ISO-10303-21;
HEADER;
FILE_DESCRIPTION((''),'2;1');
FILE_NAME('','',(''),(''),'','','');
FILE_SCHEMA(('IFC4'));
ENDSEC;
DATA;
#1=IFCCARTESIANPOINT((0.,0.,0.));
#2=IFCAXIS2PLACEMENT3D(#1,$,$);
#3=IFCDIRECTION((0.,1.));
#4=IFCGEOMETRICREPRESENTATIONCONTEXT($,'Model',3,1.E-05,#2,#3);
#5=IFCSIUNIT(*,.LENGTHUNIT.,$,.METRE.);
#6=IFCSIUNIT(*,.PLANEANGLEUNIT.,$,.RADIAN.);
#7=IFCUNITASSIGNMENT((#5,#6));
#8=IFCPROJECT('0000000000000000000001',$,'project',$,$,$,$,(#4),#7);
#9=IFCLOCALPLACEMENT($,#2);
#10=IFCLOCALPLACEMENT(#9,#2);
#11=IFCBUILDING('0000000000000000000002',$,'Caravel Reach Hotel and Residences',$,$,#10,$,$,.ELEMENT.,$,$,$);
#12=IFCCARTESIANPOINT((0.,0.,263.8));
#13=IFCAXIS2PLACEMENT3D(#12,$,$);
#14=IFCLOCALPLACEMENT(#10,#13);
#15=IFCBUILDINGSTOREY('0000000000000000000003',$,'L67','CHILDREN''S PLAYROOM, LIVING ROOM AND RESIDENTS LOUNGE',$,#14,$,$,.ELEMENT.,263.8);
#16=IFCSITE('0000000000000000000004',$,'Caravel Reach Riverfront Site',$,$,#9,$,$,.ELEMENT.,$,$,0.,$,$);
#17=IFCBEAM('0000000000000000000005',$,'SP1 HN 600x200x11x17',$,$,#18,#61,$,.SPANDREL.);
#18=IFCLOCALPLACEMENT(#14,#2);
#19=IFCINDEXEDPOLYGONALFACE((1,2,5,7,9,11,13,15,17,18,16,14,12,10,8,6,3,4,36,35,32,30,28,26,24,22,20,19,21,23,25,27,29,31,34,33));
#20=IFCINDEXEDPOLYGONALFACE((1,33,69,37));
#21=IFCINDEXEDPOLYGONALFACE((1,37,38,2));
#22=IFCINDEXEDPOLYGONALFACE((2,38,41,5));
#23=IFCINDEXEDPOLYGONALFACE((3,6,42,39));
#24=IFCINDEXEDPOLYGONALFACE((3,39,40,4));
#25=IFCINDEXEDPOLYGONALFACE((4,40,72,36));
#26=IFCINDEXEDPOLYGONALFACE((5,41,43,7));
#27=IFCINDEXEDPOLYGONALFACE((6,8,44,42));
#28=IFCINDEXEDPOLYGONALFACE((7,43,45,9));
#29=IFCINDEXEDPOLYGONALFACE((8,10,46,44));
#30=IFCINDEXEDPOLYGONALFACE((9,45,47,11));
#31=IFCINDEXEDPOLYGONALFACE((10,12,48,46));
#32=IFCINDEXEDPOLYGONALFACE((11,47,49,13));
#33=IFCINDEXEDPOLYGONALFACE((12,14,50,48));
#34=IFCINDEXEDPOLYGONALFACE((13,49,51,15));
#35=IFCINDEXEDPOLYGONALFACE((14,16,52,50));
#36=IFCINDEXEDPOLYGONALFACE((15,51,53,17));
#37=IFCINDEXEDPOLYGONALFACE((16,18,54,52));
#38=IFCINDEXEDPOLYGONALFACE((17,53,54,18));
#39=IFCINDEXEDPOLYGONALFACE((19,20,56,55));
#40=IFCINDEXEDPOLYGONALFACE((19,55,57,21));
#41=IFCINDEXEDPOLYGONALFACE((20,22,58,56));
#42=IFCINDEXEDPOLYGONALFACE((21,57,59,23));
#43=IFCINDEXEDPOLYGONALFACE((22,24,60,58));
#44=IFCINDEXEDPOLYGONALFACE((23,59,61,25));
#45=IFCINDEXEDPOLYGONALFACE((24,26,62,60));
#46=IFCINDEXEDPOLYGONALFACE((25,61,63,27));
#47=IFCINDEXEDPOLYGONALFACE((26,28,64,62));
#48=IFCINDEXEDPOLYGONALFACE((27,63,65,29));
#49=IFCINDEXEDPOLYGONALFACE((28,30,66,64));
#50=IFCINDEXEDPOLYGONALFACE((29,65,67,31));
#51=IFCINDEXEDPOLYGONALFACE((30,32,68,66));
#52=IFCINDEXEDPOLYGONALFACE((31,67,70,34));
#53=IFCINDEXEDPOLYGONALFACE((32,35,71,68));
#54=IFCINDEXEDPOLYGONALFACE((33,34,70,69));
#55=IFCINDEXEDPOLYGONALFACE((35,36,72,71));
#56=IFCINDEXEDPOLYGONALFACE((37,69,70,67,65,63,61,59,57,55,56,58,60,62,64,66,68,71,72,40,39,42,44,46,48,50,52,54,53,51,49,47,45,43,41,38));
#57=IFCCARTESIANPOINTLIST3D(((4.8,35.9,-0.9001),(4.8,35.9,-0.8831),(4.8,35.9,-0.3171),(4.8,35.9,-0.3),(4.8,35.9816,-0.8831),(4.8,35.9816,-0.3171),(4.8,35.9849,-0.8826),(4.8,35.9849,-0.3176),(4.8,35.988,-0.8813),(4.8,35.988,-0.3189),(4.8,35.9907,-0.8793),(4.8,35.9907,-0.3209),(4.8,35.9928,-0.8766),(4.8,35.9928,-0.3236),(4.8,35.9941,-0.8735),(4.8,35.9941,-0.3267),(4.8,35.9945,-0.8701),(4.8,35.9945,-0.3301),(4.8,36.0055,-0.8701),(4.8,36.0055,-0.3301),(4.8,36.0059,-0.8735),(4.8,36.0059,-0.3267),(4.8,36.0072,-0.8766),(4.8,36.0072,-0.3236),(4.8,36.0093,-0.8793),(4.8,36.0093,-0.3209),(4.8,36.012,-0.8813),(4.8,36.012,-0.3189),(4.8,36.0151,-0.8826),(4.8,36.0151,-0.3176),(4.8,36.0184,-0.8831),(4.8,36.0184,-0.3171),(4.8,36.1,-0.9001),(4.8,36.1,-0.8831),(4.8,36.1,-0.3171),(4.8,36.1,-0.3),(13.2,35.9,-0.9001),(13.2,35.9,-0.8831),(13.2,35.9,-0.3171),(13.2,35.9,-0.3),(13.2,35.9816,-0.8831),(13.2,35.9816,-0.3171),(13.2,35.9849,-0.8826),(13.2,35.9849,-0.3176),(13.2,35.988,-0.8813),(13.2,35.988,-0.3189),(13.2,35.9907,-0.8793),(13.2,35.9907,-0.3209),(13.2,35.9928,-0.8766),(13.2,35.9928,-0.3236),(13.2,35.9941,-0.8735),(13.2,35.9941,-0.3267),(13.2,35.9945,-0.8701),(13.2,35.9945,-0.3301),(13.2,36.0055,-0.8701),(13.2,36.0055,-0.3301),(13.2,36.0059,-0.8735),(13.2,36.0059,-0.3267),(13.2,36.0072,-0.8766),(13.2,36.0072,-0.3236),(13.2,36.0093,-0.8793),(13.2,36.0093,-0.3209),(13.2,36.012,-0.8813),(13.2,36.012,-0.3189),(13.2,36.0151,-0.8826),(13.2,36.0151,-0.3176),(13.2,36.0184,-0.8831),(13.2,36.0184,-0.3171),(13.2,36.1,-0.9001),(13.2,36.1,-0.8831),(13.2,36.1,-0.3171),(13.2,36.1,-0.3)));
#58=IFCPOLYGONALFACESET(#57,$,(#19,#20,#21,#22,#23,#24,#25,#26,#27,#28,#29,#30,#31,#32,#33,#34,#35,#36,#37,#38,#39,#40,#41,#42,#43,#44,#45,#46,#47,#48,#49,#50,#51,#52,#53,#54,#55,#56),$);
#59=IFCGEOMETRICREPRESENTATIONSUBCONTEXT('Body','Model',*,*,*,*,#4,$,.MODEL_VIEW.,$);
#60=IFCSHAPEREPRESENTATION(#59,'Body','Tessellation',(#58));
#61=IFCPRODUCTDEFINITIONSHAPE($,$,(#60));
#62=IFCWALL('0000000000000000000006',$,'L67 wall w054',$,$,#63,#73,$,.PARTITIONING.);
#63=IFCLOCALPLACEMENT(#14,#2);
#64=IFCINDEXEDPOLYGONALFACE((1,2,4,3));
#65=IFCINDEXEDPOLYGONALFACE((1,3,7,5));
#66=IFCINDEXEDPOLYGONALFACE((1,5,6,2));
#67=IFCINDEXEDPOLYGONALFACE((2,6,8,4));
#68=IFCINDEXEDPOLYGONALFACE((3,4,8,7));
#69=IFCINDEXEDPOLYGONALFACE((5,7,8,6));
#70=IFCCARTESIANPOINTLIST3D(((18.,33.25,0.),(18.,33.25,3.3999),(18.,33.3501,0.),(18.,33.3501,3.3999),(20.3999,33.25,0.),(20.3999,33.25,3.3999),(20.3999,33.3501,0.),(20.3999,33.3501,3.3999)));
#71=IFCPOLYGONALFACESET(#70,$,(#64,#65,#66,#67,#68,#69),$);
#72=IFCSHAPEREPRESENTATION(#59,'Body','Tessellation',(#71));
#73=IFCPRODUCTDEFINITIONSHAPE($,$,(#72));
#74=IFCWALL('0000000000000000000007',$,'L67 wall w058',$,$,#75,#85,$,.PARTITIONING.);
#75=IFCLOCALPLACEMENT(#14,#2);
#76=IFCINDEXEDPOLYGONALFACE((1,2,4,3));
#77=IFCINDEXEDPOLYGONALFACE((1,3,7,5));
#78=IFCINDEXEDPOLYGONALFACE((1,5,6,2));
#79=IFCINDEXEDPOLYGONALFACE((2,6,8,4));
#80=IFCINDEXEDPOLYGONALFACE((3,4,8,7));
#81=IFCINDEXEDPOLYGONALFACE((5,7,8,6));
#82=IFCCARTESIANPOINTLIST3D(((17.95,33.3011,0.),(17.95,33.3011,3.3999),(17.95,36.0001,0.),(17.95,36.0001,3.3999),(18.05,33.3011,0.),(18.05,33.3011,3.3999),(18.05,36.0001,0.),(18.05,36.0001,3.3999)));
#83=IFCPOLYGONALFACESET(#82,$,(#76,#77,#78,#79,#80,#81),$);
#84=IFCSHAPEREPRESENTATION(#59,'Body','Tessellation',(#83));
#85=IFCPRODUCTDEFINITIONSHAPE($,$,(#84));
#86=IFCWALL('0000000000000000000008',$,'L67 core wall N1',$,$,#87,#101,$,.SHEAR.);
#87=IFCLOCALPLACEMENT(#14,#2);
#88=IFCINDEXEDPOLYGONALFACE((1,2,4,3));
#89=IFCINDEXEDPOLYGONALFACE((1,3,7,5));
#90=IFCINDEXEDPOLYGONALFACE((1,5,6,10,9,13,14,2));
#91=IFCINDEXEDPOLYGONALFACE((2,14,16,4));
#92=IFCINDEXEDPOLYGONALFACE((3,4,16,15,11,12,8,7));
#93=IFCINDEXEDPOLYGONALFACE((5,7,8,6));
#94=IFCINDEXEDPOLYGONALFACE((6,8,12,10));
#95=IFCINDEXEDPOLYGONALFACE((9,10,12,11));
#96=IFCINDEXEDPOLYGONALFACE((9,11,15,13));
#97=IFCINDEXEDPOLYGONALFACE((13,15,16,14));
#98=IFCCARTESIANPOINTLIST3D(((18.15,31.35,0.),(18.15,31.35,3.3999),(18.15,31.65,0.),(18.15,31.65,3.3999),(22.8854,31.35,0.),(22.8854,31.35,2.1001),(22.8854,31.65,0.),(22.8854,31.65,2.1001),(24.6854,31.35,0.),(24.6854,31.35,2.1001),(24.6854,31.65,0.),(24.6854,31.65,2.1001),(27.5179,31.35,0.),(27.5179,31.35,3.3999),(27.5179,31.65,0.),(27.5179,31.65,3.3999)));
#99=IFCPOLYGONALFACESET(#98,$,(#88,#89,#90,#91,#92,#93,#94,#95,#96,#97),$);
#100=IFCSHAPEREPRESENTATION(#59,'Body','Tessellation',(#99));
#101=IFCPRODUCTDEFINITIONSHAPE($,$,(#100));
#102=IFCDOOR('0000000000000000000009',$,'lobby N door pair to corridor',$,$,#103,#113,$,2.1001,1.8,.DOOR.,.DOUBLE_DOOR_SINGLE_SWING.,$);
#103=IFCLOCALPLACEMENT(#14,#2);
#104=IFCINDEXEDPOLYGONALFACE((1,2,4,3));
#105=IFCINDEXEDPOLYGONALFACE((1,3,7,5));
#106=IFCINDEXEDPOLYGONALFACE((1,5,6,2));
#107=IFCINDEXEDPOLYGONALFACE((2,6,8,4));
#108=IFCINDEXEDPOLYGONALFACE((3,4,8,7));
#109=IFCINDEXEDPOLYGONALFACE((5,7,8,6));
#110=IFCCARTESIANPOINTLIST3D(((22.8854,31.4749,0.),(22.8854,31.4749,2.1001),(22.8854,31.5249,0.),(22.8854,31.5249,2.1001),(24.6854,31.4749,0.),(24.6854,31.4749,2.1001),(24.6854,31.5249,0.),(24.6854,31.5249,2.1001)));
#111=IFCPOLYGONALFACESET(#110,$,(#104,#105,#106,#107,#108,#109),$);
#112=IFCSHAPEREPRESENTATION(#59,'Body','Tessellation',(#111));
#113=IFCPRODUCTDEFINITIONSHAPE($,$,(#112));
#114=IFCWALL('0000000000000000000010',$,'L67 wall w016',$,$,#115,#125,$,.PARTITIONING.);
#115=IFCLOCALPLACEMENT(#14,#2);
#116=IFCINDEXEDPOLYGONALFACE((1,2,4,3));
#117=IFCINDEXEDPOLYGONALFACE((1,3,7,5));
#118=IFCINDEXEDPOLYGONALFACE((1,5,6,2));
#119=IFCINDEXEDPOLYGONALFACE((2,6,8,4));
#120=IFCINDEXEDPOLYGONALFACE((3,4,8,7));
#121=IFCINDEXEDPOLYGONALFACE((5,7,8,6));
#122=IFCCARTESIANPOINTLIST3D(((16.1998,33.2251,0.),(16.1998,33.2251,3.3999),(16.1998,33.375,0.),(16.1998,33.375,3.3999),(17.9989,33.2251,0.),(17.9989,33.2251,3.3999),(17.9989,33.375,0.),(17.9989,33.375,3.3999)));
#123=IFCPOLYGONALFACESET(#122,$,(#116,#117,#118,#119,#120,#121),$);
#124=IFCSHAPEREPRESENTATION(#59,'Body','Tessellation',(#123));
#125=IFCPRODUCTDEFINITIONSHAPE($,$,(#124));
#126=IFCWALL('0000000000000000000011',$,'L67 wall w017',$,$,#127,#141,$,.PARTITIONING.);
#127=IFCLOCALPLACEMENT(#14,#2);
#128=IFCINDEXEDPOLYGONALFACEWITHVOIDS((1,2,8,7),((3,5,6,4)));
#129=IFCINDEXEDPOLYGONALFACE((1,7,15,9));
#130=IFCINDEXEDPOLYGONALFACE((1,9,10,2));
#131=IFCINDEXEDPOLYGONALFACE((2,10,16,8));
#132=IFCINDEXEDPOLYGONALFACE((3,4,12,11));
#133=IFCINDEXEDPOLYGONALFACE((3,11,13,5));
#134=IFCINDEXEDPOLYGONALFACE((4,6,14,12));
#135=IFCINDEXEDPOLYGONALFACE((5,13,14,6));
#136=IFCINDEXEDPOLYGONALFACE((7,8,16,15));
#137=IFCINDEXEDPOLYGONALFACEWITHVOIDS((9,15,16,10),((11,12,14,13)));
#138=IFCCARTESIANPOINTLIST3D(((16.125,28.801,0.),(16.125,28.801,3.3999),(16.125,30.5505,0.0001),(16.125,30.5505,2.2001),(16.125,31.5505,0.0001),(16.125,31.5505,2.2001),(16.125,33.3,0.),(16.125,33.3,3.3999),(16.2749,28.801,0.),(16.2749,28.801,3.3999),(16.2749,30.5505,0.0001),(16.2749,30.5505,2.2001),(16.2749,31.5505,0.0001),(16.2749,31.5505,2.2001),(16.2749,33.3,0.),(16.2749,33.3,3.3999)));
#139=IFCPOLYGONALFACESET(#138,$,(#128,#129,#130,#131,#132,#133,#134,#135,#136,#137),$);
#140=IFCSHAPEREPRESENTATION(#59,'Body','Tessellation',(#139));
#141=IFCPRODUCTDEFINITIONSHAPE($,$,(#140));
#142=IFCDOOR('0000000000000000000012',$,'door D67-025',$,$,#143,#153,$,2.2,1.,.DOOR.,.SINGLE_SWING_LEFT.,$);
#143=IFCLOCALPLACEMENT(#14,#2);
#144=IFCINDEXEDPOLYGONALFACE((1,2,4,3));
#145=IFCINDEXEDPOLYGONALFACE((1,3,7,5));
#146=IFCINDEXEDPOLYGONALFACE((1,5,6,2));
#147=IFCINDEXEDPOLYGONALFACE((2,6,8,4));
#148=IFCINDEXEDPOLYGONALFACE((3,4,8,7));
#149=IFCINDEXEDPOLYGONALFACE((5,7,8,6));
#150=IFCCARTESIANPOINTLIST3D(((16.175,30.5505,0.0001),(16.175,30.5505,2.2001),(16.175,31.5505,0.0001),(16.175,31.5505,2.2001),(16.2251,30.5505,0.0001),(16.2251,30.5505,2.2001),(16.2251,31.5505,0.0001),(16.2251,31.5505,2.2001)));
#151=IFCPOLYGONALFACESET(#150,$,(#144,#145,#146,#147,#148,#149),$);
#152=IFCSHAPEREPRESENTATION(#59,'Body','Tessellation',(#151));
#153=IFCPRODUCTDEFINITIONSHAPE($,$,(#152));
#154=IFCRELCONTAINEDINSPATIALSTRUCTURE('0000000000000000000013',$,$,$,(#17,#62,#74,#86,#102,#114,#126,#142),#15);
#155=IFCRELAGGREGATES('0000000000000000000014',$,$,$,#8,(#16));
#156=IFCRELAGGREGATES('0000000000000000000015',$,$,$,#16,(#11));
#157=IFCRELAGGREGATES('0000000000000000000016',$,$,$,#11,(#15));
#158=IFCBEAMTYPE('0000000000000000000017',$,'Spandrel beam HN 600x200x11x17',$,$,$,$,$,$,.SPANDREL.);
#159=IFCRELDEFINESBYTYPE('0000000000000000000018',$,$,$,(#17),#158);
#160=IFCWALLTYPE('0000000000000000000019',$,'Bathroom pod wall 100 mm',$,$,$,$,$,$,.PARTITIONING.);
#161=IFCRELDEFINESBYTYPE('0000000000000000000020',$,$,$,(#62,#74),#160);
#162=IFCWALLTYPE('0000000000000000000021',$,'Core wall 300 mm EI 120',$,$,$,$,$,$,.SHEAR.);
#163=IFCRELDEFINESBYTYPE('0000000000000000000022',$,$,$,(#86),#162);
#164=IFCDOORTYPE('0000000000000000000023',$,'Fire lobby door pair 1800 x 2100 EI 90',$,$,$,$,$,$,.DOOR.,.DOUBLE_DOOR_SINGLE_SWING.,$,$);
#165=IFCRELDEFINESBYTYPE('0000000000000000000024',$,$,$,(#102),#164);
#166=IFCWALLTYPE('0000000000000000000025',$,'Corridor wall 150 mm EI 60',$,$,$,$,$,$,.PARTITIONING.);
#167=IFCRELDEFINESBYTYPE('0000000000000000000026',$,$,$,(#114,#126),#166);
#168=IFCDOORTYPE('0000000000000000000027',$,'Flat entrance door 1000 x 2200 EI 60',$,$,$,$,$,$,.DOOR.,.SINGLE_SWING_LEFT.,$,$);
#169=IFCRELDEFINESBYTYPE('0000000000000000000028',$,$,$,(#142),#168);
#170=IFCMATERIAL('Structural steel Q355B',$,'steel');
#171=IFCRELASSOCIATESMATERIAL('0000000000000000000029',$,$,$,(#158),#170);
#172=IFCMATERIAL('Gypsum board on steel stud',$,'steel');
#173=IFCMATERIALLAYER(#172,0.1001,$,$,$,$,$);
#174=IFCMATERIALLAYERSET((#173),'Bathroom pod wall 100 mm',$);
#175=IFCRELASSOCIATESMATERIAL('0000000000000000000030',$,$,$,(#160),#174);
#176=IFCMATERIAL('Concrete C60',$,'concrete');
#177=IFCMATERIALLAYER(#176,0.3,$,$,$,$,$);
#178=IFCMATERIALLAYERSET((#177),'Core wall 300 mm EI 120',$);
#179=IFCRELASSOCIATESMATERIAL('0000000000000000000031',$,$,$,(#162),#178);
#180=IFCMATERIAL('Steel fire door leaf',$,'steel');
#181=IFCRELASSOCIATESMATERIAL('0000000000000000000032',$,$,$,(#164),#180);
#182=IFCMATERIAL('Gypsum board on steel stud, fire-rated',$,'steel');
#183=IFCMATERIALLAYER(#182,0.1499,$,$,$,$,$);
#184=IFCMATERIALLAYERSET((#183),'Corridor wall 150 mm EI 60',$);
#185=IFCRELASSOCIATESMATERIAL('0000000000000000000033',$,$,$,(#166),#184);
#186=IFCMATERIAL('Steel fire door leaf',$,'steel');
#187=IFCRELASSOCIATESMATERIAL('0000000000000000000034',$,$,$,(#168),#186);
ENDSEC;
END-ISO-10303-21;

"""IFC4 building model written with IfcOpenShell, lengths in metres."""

from ifc_helpers import new_model, si_unit, direction, frame, frame_2d, origin, origin_2d, place, context, subcontext, project, spatial, rectangle, i_section, extrude, material, layer, layer_set, material_profile, profile_set, type_object, element, fill, save


model = new_model("IFC4")

# Units and contexts
model_context = context("Model", 3, precision=1e-05, world=origin(), true_north=direction((0.0, 1.0)))
body_context = subcontext(model_context, "Body", "Model", "MODEL_VIEW")
ifc_project = project(units=[si_unit("LENGTHUNIT", "METRE"), si_unit("PLANEANGLEUNIT", "RADIAN")], contexts=[model_context])

# Site, building, storey
site_placement = place(None, origin())
site = spatial("IfcSite", under=ifc_project, at=site_placement, Name="Caravel Reach Riverfront Site", CompositionType="ELEMENT", RefElevation=0.0)
building_placement = place(site_placement, origin())
building = spatial("IfcBuilding", under=site, at=building_placement, Name="Caravel Reach Hotel and Residences", CompositionType="ELEMENT")
storey_placement = place(building_placement, frame((0.0, 0.0, 263.8)))
storey = spatial("IfcBuildingStorey", under=building, at=storey_placement, Name="L67", Description="CHILDREN'S PLAYROOM, LIVING ROOM AND RESIDENTS LOUNGE", CompositionType="ELEMENT", Elevation=263.8)

# Beam
ifc_material_1 = material(Name="Structural steel Q355B", Category="steel")
ifc_material_profile_1 = material_profile(ifc_material_1, i_section(OverallWidth=0.2, OverallDepth=0.6001, WebThickness=0.011, FlangeThickness=0.0171, FilletRadius=0.0129, at=origin_2d()), Name="HN 600x200x11x17")
ifc_profile_set_1 = profile_set([ifc_material_profile_1], Name="Structural steel Q355B")
beam_type_1 = type_object("IfcBeamType", Name="Spandrel beam HN 600x200x11x17", PredefinedType="SPANDREL", material=ifc_profile_set_1)
beam_1_placement = place(storey_placement, frame((13.2, 36.0, -0.6001), z_axis=(-1.0, 0.0, 0.0), x_axis=(0.0, -1.0, 0.0)))
element("IfcBeam", 1, at=beam_1_placement, inside=storey, type_object=beam_type_1, Name="SP1 HN 600x200x11x17", PredefinedType="SPANDREL", context=body_context, shape_type="SweptSolid", body=[
    extrude(i_section(OverallWidth=0.2, OverallDepth=0.6001, WebThickness=0.011, FlangeThickness=0.0171, FilletRadius=0.0129, at=origin_2d()), origin(), (0.0, 0.0, 1.0), 8.3999),
])

# Walls
ifc_material_2 = material(Name="Gypsum board on steel stud", Category="steel")
ifc_layer_1 = layer(ifc_material_2, 0.1001)
ifc_layer_set_1 = layer_set([ifc_layer_1], Name="Bathroom pod wall 100 mm")
wall_type_1 = type_object("IfcWallType", Name="Bathroom pod wall 100 mm", PredefinedType="PARTITIONING", material=ifc_layer_set_1)
wall_1_placement = place(storey_placement, frame((18.0, 33.3, 0.0), z_axis=(0.0, 0.0, 1.0), x_axis=(1.0, 0.0, 0.0)))
element("IfcWall", 2, at=wall_1_placement, inside=storey, type_object=wall_type_1, Name="L67 wall w054", PredefinedType="PARTITIONING", context=body_context, shape_type="SweptSolid", body=[
    extrude(rectangle(XDim=2.3999, YDim=0.1001, at=frame_2d((1.2, 0.0))), origin(), (0.0, 0.0, 1.0), 3.3999),
])
wall_2_placement = place(storey_placement, frame((18.0, 33.301, 0.0), z_axis=(0.0, 0.0, 1.0), x_axis=(0.0, 1.0, 0.0)))
element("IfcWall", 3, at=wall_2_placement, inside=storey, type_object=wall_type_1, Name="L67 wall w058", PredefinedType="PARTITIONING", context=body_context, shape_type="SweptSolid", body=[
    extrude(rectangle(XDim=2.699, YDim=0.1001, at=frame_2d((1.3496, 0.0))), origin(), (0.0, 0.0, 1.0), 3.3999),
])

# Wall, opening, door
ifc_material_3 = material(Name="Concrete C60", Category="concrete")
ifc_layer_2 = layer(ifc_material_3, 0.3)
ifc_layer_set_2 = layer_set([ifc_layer_2], Name="Core wall 300 mm EI 120")
wall_type_2 = type_object("IfcWallType", Name="Core wall 300 mm EI 120", PredefinedType="SHEAR", material=ifc_layer_set_2)
wall_3_placement = place(storey_placement, frame((18.1499, 31.5, 0.0), z_axis=(0.0, 0.0, 1.0), x_axis=(1.0, 0.0, 0.0)))
wall_3 = element("IfcWall", 4, at=wall_3_placement, inside=storey, type_object=wall_type_2, Name="L67 core wall N1", PredefinedType="SHEAR", context=body_context, shape_type="SweptSolid", body=[
    extrude(rectangle(XDim=9.3679, YDim=0.3, at=frame_2d((4.6841, 0.0))), origin(), (0.0, 0.0, 1.0), 3.3999),
])
opening_1_placement = place(wall_3_placement, frame((4.7356, 0.0, 0.0)))
opening_1 = element("IfcOpeningElement", 5, at=opening_1_placement, cuts=wall_3, PredefinedType="OPENING", context=body_context, shape_type="SweptSolid", body=[
    extrude(rectangle(XDim=1.8, YDim=2.1001, at=frame_2d((0.8999, 1.05))), frame((0.0, 0.1599, 0.0), z_axis=(0.0, -1.0, 0.0), x_axis=(1.0, 0.0, 0.0)), (0.0, 0.0, 1.0), 0.3201),
])
ifc_material_4 = material(Name="Steel fire door leaf", Category="steel")
door_type_1 = type_object("IfcDoorType", Name="Fire lobby door pair 1800 x 2100 EI 90", OperationType="DOUBLE_DOOR_SINGLE_SWING", PredefinedType="DOOR", material=ifc_material_4)
door_1_placement = place(opening_1_placement, origin())
door_1 = element("IfcDoor", 6, at=door_1_placement, inside=storey, type_object=door_type_1, Name="lobby N door pair to corridor", OperationType="DOUBLE_DOOR_SINGLE_SWING", OverallHeight=2.1001, OverallWidth=1.8, PredefinedType="DOOR", context=body_context, shape_type="SweptSolid", body=[
    extrude(rectangle(XDim=1.8, YDim=2.1001, at=frame_2d((0.8999, 1.05))), frame((0.0, 0.0249, 0.0), z_axis=(0.0, -1.0, 0.0), x_axis=(1.0, 0.0, 0.0)), (0.0, 0.0, 1.0), 0.05),
])
fill(opening_1, door_1)

# Wall
ifc_material_5 = material(Name="Gypsum board on steel stud, fire-rated", Category="steel")
ifc_layer_3 = layer(ifc_material_5, 0.1499)
ifc_layer_set_3 = layer_set([ifc_layer_3], Name="Corridor wall 150 mm EI 60")
wall_type_3 = type_object("IfcWallType", Name="Corridor wall 150 mm EI 60", PredefinedType="PARTITIONING", material=ifc_layer_set_3)
wall_4_placement = place(storey_placement, frame((16.2, 33.3, 0.0), z_axis=(0.0, 0.0, 1.0), x_axis=(1.0, 0.0, 0.0)))
element("IfcWall", 7, at=wall_4_placement, inside=storey, type_object=wall_type_3, Name="L67 wall w016", PredefinedType="PARTITIONING", context=body_context, shape_type="SweptSolid", body=[
    extrude(rectangle(XDim=1.7991, YDim=0.1499, at=frame_2d((0.8994, 0.0))), origin(), (0.0, 0.0, 1.0), 3.3999),
])

# Wall, opening, door
wall_5_placement = place(storey_placement, frame((16.2, 28.801, 0.0), z_axis=(0.0, 0.0, 1.0), x_axis=(0.0, 1.0, 0.0)))
wall_5 = element("IfcWall", 8, at=wall_5_placement, inside=storey, type_object=wall_type_3, Name="L67 wall w017", PredefinedType="PARTITIONING", context=body_context, shape_type="SweptSolid", body=[
    extrude(rectangle(XDim=4.499, YDim=0.1499, at=frame_2d((2.2495, 0.0))), origin(), (0.0, 0.0, 1.0), 3.3999),
])
opening_2_placement = place(wall_5_placement, frame((1.7495, 0.0, 0.0)))
opening_2 = element("IfcOpeningElement", 9, at=opening_2_placement, cuts=wall_5, PredefinedType="OPENING", context=body_context, shape_type="SweptSolid", body=[
    extrude(rectangle(XDim=1.0, YDim=2.2, at=frame_2d((0.5, 1.1001))), frame((0.0, 0.085, 0.0), z_axis=(0.0, -1.0, 0.0), x_axis=(1.0, 0.0, 0.0)), (0.0, 0.0, 1.0), 0.1699),
])
ifc_material_6 = material(Name="Steel fire door leaf", Category="steel")
door_type_2 = type_object("IfcDoorType", Name="Flat entrance door 1000 x 2200 EI 60", OperationType="SINGLE_SWING_LEFT", PredefinedType="DOOR", material=ifc_material_6)
door_2_placement = place(opening_2_placement, origin())
door_2 = element("IfcDoor", 10, at=door_2_placement, inside=storey, type_object=door_type_2, Name="door D67-025", OperationType="SINGLE_SWING_LEFT", OverallHeight=2.2, OverallWidth=1.0, PredefinedType="DOOR", context=body_context, shape_type="SweptSolid", body=[
    extrude(rectangle(XDim=1.0, YDim=2.2, at=frame_2d((0.5, 1.1001))), frame((0.0, 0.0249, 0.0), z_axis=(0.0, -1.0, 0.0), x_axis=(1.0, 0.0, 0.0)), (0.0, 0.0, 1.0), 0.05),
])
fill(opening_2, door_2)

save(model, "model.ifc")
